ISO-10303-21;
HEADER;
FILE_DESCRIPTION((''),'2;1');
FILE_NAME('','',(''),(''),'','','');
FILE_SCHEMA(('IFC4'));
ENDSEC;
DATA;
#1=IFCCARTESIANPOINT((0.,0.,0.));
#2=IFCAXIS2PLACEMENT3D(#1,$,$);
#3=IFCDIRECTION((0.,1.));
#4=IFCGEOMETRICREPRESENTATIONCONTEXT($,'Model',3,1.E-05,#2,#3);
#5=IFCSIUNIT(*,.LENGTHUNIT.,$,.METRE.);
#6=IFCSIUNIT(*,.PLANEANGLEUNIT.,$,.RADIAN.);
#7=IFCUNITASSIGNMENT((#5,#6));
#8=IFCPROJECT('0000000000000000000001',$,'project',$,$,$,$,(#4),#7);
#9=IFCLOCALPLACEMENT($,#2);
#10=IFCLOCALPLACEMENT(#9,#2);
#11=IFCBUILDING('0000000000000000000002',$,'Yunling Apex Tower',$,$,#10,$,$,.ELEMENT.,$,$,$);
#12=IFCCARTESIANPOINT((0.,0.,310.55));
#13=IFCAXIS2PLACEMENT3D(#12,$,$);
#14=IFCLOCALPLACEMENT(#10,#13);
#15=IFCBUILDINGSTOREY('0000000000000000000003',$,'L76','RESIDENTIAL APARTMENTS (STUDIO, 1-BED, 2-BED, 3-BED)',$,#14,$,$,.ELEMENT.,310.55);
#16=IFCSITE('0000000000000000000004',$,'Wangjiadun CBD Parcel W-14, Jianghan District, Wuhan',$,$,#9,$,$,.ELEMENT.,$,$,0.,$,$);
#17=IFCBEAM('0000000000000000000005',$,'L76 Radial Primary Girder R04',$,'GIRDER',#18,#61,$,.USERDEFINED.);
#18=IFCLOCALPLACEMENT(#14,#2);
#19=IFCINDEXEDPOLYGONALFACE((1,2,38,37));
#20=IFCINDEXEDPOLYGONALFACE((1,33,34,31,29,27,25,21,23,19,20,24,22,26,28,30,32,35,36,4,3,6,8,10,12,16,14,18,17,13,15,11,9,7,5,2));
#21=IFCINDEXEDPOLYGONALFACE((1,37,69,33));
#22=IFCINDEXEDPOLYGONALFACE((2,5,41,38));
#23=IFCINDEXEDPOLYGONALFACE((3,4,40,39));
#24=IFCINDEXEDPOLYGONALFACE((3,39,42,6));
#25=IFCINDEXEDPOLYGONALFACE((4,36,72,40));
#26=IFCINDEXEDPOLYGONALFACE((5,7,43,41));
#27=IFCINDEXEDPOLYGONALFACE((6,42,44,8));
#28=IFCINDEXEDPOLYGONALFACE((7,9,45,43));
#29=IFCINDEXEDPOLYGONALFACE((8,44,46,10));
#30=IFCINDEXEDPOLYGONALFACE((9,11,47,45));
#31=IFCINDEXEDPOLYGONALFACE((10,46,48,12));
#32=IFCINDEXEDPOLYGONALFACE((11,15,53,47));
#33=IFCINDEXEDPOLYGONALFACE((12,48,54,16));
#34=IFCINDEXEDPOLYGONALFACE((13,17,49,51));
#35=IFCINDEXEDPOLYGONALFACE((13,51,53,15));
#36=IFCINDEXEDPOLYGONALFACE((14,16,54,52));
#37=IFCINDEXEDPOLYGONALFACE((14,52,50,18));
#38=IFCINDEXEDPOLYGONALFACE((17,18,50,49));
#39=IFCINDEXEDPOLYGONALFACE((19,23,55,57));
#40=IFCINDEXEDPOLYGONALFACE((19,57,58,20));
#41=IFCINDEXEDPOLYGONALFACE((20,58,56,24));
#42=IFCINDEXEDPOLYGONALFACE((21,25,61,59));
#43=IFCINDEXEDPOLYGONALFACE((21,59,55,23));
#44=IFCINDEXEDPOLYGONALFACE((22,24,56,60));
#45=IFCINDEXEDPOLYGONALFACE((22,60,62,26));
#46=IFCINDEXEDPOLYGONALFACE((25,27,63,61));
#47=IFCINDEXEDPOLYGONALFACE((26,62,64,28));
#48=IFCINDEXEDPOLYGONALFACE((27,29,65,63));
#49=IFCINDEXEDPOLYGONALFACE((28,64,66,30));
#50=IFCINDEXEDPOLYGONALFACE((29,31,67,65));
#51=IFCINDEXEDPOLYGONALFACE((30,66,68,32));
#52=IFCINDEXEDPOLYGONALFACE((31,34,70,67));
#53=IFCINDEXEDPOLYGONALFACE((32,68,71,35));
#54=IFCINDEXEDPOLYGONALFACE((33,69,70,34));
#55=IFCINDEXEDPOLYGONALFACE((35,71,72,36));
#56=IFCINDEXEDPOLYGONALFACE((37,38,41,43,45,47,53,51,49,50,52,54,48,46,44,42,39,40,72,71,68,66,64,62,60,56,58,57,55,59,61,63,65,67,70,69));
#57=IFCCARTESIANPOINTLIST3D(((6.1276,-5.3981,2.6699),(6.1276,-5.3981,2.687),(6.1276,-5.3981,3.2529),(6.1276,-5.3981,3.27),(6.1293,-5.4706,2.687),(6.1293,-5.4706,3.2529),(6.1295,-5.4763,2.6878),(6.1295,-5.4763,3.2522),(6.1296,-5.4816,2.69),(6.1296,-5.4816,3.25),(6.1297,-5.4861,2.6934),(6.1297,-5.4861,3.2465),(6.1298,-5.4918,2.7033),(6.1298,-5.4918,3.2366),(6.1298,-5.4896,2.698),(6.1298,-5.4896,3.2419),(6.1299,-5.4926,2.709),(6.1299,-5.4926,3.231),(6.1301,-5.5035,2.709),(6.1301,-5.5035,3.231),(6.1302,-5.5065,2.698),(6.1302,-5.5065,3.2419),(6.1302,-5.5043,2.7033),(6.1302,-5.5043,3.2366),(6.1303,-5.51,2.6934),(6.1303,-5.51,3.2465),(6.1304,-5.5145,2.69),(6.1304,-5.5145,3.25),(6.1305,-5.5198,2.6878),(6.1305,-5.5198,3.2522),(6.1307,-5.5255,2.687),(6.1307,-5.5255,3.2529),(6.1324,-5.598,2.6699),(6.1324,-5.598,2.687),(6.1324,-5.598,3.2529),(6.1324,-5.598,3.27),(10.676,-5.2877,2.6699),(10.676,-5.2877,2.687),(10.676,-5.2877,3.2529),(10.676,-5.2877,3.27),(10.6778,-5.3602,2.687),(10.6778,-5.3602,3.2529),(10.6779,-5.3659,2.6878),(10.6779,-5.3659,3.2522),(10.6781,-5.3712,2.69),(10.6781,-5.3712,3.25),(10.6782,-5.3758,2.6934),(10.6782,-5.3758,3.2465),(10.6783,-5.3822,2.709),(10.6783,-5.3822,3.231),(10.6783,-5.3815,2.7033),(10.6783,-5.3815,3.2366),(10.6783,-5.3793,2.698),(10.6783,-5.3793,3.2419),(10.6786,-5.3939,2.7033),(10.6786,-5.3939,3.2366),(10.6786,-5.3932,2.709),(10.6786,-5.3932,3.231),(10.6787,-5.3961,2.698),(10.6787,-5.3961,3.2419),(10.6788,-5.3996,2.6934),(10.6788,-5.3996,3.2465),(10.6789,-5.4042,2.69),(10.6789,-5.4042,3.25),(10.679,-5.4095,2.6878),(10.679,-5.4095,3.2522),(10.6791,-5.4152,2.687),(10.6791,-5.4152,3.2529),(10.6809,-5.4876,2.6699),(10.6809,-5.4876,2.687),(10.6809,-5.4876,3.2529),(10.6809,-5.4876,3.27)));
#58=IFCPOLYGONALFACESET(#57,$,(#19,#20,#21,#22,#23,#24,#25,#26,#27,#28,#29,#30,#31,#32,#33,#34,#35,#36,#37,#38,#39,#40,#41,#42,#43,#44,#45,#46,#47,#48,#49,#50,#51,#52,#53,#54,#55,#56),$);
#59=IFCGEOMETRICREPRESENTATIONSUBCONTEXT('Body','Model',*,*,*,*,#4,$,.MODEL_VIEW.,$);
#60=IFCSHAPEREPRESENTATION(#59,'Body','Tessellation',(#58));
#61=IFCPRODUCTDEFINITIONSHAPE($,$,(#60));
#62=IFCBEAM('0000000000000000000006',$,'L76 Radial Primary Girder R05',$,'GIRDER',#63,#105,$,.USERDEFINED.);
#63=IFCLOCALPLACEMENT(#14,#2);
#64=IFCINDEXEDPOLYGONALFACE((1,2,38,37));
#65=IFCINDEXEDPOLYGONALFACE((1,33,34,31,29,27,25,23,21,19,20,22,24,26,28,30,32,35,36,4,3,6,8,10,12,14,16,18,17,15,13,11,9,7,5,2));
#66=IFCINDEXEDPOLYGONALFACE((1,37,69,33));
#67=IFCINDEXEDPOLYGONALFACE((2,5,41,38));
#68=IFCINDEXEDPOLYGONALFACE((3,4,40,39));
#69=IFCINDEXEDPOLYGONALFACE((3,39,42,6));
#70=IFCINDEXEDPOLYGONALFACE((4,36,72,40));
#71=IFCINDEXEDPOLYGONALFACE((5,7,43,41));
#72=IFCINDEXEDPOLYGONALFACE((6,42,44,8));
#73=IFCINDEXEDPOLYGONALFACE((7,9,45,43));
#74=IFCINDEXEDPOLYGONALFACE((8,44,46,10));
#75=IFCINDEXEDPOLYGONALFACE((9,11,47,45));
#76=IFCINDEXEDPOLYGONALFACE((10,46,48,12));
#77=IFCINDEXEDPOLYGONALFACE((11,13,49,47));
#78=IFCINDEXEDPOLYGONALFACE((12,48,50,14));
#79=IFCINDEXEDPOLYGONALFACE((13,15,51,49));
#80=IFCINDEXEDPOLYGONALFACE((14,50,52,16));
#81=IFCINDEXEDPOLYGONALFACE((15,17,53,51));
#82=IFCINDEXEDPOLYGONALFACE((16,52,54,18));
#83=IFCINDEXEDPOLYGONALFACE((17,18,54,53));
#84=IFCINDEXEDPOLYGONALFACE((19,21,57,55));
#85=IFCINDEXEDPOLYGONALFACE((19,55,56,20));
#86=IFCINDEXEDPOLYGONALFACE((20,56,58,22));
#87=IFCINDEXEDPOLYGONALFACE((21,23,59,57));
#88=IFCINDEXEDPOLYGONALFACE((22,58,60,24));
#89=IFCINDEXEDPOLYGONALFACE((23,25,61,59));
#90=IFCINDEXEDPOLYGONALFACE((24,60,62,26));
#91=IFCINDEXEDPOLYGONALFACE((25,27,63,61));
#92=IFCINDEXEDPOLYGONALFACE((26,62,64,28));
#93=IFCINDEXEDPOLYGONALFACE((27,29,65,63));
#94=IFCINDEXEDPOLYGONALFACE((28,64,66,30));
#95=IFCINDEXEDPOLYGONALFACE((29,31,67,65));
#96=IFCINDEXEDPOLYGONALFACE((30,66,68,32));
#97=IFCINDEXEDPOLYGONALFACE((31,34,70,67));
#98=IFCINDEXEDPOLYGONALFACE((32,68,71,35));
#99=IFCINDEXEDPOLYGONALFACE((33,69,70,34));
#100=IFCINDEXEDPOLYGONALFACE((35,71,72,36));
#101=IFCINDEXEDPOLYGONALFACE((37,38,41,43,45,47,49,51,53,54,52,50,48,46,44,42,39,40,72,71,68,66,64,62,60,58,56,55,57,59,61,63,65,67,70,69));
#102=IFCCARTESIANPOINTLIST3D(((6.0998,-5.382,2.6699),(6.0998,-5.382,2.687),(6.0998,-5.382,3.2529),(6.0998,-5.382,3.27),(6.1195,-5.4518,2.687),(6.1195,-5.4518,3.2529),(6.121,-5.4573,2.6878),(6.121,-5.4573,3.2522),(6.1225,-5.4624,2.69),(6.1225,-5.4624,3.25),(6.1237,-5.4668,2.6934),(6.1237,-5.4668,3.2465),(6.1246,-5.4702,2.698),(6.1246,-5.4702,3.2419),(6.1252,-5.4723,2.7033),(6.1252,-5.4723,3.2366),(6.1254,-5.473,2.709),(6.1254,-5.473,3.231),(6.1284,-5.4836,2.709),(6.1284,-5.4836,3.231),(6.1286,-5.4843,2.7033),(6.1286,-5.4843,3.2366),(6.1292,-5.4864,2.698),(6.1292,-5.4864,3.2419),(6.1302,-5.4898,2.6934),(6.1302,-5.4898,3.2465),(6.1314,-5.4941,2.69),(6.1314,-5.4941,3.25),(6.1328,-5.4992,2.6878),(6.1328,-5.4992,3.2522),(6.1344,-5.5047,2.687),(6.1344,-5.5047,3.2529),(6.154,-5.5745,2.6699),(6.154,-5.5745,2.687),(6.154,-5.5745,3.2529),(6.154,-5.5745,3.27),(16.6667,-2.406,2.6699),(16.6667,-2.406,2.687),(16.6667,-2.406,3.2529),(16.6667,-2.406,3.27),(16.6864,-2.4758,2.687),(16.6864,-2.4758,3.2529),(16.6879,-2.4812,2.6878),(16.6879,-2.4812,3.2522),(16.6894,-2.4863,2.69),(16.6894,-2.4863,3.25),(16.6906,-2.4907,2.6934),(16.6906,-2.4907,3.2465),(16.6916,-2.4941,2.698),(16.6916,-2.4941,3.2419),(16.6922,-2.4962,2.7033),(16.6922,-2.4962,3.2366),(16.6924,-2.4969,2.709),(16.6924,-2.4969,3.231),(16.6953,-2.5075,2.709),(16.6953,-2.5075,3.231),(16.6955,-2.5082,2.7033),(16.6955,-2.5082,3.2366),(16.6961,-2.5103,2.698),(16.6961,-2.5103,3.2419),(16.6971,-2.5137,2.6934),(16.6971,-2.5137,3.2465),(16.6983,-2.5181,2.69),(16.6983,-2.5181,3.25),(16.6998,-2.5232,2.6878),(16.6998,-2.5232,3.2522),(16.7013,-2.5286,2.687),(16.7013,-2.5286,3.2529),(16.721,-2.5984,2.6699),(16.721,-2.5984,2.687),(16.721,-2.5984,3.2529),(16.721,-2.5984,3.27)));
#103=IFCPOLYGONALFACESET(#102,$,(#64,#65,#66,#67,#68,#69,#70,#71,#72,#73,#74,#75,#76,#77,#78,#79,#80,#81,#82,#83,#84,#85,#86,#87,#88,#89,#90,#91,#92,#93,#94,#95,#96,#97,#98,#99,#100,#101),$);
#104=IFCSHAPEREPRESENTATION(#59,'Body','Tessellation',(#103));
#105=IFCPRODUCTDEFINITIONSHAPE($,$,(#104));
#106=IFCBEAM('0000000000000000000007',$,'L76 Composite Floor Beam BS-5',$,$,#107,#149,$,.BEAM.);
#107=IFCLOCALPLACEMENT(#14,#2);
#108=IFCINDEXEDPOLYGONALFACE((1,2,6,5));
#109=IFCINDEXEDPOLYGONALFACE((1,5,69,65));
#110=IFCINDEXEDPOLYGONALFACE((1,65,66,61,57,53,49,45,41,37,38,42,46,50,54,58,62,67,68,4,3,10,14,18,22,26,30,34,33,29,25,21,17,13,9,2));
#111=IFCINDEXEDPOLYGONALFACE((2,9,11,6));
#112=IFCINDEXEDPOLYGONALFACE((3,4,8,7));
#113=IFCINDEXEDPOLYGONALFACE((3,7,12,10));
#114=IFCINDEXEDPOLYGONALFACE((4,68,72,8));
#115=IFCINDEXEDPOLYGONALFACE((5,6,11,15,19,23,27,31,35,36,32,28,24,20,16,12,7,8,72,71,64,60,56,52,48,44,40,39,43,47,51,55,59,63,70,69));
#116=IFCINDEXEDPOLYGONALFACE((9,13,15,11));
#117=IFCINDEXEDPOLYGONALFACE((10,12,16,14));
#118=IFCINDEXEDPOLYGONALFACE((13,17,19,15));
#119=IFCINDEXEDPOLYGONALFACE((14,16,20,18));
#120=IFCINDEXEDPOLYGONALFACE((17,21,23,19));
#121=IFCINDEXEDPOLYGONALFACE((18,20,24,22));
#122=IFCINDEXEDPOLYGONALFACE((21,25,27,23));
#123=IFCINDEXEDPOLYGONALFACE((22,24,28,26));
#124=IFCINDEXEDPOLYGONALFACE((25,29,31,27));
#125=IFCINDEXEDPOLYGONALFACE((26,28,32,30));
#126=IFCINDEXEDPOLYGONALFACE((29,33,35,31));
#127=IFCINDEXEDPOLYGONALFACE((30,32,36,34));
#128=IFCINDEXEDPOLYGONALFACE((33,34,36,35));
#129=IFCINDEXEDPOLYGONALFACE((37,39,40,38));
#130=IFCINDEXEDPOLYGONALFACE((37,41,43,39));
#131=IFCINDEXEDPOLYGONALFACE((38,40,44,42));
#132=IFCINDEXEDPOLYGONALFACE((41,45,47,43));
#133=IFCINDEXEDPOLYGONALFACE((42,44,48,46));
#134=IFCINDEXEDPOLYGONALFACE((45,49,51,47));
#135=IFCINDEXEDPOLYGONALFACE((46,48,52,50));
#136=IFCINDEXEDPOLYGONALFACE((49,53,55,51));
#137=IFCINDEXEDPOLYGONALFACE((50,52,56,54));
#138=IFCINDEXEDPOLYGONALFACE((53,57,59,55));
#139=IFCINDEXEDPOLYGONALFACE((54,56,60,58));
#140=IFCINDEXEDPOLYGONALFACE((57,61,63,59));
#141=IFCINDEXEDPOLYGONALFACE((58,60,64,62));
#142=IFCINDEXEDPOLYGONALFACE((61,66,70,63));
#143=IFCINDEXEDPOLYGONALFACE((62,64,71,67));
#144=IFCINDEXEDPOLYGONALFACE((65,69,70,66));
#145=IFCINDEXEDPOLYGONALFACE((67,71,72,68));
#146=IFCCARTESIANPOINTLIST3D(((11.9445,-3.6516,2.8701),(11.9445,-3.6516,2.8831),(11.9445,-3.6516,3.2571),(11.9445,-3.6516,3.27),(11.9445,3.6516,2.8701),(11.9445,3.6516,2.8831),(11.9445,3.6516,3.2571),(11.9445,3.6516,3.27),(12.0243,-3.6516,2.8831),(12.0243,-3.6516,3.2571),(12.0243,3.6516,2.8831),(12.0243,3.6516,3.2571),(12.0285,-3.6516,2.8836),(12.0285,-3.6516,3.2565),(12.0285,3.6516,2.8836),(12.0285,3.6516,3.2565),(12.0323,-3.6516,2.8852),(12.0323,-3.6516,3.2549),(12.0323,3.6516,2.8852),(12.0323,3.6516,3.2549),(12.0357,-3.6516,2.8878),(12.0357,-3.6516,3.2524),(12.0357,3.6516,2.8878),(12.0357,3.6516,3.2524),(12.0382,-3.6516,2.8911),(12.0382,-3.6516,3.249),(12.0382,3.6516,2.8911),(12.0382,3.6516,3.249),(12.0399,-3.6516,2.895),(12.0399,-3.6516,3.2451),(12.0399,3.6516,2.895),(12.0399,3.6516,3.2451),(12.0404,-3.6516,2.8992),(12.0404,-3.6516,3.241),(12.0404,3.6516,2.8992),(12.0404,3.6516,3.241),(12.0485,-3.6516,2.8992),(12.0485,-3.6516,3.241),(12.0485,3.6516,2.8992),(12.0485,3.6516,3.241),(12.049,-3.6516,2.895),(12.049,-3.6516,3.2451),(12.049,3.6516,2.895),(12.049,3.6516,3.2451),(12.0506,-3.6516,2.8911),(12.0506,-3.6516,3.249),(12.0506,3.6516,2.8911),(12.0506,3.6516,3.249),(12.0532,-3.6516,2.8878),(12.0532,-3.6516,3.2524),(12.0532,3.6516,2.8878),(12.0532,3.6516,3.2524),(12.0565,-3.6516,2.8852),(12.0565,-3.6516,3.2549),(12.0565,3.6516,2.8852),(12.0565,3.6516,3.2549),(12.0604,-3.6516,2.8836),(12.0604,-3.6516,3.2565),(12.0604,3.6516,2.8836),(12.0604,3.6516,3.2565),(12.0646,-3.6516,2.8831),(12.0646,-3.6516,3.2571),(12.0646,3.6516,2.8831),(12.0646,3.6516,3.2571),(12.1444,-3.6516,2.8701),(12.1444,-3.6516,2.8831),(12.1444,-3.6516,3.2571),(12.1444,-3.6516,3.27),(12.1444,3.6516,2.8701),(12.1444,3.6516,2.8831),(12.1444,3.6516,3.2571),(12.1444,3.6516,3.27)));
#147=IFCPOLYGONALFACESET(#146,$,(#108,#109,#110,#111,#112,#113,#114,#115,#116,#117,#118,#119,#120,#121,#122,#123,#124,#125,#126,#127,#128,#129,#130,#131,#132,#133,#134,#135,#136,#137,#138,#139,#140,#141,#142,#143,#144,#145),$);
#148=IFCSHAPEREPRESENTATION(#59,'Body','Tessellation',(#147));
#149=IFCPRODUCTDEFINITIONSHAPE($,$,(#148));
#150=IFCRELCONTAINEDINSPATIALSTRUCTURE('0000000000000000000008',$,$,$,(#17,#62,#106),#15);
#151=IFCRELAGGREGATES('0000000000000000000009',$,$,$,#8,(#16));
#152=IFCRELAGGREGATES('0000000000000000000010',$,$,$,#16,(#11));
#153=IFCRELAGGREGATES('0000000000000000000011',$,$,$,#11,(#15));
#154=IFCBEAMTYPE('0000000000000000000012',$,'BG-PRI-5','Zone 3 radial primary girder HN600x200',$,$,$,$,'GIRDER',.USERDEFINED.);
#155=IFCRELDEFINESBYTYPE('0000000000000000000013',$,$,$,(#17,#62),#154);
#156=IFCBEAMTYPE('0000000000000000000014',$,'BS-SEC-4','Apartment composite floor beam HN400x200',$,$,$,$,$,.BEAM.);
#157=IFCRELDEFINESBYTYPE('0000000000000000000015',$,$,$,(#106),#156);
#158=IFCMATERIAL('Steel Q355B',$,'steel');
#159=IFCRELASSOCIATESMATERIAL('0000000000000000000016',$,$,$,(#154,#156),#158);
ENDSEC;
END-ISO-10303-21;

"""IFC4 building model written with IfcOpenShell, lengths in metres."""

from ifc_helpers import new_model, si_unit, direction, frame, origin, origin_2d, place, context, subcontext, project, spatial, i_section, extrude, source, transform, mapped, material, material_profile, profile_set, type_object, element, save


model = new_model("IFC4")

# Units and contexts
model_context = context("Model", 3, precision=1e-05, world=origin(), true_north=direction((0.0, 1.0)))
body_context = subcontext(model_context, "Body", "Model", "MODEL_VIEW")
ifc_project = project(units=[si_unit("LENGTHUNIT", "METRE"), si_unit("PLANEANGLEUNIT", "RADIAN")], contexts=[model_context])

# Site, building, storey
site_placement = place(None, origin())
site = spatial("IfcSite", under=ifc_project, at=site_placement, Name="Wangjiadun CBD Parcel W-14, Jianghan District, Wuhan", CompositionType="ELEMENT", RefElevation=0.0)
building_placement = place(site_placement, origin())
building = spatial("IfcBuilding", under=site, at=building_placement, Name="Yunling Apex Tower", CompositionType="ELEMENT")
storey_placement = place(building_placement, frame((0.0, 0.0, 310.55)))
storey = spatial("IfcBuildingStorey", under=building, at=storey_placement, Name="L76", Description="RESIDENTIAL APARTMENTS (STUDIO, 1-BED, 2-BED, 3-BED)", CompositionType="ELEMENT", Elevation=310.55)

# Shared definitions
ifc_material_1 = material(Name="Steel Q355B", Category="steel")

# Beams
ifc_material_profile_1 = material_profile(ifc_material_1, i_section(OverallWidth=0.2, OverallDepth=0.6001, WebThickness=0.011, FlangeThickness=0.0171, FilletRadius=0.022, at=origin_2d()))
ifc_profile_set_1 = profile_set([ifc_material_profile_1], Name="Steel Q355B")
beam_type_1 = type_object("IfcBeamType", Name="BG-PRI-5", Description="Zone 3 radial primary girder HN600x200", ElementType="GIRDER", PredefinedType="USERDEFINED", material=ifc_profile_set_1)
shared_shape_1 = source(origin(), body_context, "Body", "SweptSolid", [
    extrude(i_section(OverallWidth=0.2, OverallDepth=0.6001, WebThickness=0.011, FlangeThickness=0.0171, FilletRadius=0.022, at=origin_2d()), origin(), (0.0, 0.0, 1.0), 4.5498),
])
beam_1_placement = place(storey_placement, frame((10.6785, -5.3877, 2.97), z_axis=(-0.999706, -0.024254, 0.0), x_axis=(0.024254, -0.999706, 0.0)))
element("IfcBeam", 1, at=beam_1_placement, inside=storey, type_object=beam_type_1, Name="L76 Radial Primary Girder R04", ObjectType="GIRDER", PredefinedType="USERDEFINED", context=body_context, shape_type="MappedRepresentation", body=[
    mapped(shared_shape_1, transform((0.0, 0.0, 0.0), scale=1.0)),
])
shared_shape_2 = source(origin(), body_context, "Body", "SweptSolid", [
    extrude(i_section(OverallWidth=0.2, OverallDepth=0.6001, WebThickness=0.011, FlangeThickness=0.0171, FilletRadius=0.022, at=origin_2d()), origin(), (0.0, 0.0, 1.0), 10.978),
])
beam_2_placement = place(storey_placement, frame((16.6938, -2.5022, 2.97), z_axis=(-0.962553, -0.271095, 0.0), x_axis=(0.271095, -0.962553, 0.0)))
element("IfcBeam", 2, at=beam_2_placement, inside=storey, type_object=beam_type_1, Name="L76 Radial Primary Girder R05", ObjectType="GIRDER", PredefinedType="USERDEFINED", context=body_context, shape_type="MappedRepresentation", body=[
    mapped(shared_shape_2, transform((0.0, 0.0, 0.0), scale=1.0)),
])
ifc_material_profile_2 = material_profile(ifc_material_1, i_section(OverallWidth=0.2, OverallDepth=0.3999, WebThickness=0.0081, FlangeThickness=0.0129, FilletRadius=0.0161, at=origin_2d()))
ifc_profile_set_2 = profile_set([ifc_material_profile_2], Name="Steel Q355B")
beam_type_2 = type_object("IfcBeamType", Name="BS-SEC-4", Description="Apartment composite floor beam HN400x200", PredefinedType="BEAM", material=ifc_profile_set_2)
shared_shape_3 = source(origin(), body_context, "Body", "SweptSolid", [
    extrude(i_section(OverallWidth=0.2, OverallDepth=0.3999, WebThickness=0.0081, FlangeThickness=0.0129, FilletRadius=0.0161, at=origin_2d()), origin(), (0.0, 0.0, 1.0), 7.3032),
])
beam_3_placement = place(storey_placement, frame((12.0444, -3.6516, 3.0701), z_axis=(0.0, 1.0, 0.0), x_axis=(-1.0, 0.0, 0.0)))
element("IfcBeam", 3, at=beam_3_placement, inside=storey, type_object=beam_type_2, Name="L76 Composite Floor Beam BS-5", PredefinedType="BEAM", context=body_context, shape_type="MappedRepresentation", body=[
    mapped(shared_shape_3, transform((0.0, 0.0, 0.0), scale=1.0)),
])

save(model, "model.ifc")
